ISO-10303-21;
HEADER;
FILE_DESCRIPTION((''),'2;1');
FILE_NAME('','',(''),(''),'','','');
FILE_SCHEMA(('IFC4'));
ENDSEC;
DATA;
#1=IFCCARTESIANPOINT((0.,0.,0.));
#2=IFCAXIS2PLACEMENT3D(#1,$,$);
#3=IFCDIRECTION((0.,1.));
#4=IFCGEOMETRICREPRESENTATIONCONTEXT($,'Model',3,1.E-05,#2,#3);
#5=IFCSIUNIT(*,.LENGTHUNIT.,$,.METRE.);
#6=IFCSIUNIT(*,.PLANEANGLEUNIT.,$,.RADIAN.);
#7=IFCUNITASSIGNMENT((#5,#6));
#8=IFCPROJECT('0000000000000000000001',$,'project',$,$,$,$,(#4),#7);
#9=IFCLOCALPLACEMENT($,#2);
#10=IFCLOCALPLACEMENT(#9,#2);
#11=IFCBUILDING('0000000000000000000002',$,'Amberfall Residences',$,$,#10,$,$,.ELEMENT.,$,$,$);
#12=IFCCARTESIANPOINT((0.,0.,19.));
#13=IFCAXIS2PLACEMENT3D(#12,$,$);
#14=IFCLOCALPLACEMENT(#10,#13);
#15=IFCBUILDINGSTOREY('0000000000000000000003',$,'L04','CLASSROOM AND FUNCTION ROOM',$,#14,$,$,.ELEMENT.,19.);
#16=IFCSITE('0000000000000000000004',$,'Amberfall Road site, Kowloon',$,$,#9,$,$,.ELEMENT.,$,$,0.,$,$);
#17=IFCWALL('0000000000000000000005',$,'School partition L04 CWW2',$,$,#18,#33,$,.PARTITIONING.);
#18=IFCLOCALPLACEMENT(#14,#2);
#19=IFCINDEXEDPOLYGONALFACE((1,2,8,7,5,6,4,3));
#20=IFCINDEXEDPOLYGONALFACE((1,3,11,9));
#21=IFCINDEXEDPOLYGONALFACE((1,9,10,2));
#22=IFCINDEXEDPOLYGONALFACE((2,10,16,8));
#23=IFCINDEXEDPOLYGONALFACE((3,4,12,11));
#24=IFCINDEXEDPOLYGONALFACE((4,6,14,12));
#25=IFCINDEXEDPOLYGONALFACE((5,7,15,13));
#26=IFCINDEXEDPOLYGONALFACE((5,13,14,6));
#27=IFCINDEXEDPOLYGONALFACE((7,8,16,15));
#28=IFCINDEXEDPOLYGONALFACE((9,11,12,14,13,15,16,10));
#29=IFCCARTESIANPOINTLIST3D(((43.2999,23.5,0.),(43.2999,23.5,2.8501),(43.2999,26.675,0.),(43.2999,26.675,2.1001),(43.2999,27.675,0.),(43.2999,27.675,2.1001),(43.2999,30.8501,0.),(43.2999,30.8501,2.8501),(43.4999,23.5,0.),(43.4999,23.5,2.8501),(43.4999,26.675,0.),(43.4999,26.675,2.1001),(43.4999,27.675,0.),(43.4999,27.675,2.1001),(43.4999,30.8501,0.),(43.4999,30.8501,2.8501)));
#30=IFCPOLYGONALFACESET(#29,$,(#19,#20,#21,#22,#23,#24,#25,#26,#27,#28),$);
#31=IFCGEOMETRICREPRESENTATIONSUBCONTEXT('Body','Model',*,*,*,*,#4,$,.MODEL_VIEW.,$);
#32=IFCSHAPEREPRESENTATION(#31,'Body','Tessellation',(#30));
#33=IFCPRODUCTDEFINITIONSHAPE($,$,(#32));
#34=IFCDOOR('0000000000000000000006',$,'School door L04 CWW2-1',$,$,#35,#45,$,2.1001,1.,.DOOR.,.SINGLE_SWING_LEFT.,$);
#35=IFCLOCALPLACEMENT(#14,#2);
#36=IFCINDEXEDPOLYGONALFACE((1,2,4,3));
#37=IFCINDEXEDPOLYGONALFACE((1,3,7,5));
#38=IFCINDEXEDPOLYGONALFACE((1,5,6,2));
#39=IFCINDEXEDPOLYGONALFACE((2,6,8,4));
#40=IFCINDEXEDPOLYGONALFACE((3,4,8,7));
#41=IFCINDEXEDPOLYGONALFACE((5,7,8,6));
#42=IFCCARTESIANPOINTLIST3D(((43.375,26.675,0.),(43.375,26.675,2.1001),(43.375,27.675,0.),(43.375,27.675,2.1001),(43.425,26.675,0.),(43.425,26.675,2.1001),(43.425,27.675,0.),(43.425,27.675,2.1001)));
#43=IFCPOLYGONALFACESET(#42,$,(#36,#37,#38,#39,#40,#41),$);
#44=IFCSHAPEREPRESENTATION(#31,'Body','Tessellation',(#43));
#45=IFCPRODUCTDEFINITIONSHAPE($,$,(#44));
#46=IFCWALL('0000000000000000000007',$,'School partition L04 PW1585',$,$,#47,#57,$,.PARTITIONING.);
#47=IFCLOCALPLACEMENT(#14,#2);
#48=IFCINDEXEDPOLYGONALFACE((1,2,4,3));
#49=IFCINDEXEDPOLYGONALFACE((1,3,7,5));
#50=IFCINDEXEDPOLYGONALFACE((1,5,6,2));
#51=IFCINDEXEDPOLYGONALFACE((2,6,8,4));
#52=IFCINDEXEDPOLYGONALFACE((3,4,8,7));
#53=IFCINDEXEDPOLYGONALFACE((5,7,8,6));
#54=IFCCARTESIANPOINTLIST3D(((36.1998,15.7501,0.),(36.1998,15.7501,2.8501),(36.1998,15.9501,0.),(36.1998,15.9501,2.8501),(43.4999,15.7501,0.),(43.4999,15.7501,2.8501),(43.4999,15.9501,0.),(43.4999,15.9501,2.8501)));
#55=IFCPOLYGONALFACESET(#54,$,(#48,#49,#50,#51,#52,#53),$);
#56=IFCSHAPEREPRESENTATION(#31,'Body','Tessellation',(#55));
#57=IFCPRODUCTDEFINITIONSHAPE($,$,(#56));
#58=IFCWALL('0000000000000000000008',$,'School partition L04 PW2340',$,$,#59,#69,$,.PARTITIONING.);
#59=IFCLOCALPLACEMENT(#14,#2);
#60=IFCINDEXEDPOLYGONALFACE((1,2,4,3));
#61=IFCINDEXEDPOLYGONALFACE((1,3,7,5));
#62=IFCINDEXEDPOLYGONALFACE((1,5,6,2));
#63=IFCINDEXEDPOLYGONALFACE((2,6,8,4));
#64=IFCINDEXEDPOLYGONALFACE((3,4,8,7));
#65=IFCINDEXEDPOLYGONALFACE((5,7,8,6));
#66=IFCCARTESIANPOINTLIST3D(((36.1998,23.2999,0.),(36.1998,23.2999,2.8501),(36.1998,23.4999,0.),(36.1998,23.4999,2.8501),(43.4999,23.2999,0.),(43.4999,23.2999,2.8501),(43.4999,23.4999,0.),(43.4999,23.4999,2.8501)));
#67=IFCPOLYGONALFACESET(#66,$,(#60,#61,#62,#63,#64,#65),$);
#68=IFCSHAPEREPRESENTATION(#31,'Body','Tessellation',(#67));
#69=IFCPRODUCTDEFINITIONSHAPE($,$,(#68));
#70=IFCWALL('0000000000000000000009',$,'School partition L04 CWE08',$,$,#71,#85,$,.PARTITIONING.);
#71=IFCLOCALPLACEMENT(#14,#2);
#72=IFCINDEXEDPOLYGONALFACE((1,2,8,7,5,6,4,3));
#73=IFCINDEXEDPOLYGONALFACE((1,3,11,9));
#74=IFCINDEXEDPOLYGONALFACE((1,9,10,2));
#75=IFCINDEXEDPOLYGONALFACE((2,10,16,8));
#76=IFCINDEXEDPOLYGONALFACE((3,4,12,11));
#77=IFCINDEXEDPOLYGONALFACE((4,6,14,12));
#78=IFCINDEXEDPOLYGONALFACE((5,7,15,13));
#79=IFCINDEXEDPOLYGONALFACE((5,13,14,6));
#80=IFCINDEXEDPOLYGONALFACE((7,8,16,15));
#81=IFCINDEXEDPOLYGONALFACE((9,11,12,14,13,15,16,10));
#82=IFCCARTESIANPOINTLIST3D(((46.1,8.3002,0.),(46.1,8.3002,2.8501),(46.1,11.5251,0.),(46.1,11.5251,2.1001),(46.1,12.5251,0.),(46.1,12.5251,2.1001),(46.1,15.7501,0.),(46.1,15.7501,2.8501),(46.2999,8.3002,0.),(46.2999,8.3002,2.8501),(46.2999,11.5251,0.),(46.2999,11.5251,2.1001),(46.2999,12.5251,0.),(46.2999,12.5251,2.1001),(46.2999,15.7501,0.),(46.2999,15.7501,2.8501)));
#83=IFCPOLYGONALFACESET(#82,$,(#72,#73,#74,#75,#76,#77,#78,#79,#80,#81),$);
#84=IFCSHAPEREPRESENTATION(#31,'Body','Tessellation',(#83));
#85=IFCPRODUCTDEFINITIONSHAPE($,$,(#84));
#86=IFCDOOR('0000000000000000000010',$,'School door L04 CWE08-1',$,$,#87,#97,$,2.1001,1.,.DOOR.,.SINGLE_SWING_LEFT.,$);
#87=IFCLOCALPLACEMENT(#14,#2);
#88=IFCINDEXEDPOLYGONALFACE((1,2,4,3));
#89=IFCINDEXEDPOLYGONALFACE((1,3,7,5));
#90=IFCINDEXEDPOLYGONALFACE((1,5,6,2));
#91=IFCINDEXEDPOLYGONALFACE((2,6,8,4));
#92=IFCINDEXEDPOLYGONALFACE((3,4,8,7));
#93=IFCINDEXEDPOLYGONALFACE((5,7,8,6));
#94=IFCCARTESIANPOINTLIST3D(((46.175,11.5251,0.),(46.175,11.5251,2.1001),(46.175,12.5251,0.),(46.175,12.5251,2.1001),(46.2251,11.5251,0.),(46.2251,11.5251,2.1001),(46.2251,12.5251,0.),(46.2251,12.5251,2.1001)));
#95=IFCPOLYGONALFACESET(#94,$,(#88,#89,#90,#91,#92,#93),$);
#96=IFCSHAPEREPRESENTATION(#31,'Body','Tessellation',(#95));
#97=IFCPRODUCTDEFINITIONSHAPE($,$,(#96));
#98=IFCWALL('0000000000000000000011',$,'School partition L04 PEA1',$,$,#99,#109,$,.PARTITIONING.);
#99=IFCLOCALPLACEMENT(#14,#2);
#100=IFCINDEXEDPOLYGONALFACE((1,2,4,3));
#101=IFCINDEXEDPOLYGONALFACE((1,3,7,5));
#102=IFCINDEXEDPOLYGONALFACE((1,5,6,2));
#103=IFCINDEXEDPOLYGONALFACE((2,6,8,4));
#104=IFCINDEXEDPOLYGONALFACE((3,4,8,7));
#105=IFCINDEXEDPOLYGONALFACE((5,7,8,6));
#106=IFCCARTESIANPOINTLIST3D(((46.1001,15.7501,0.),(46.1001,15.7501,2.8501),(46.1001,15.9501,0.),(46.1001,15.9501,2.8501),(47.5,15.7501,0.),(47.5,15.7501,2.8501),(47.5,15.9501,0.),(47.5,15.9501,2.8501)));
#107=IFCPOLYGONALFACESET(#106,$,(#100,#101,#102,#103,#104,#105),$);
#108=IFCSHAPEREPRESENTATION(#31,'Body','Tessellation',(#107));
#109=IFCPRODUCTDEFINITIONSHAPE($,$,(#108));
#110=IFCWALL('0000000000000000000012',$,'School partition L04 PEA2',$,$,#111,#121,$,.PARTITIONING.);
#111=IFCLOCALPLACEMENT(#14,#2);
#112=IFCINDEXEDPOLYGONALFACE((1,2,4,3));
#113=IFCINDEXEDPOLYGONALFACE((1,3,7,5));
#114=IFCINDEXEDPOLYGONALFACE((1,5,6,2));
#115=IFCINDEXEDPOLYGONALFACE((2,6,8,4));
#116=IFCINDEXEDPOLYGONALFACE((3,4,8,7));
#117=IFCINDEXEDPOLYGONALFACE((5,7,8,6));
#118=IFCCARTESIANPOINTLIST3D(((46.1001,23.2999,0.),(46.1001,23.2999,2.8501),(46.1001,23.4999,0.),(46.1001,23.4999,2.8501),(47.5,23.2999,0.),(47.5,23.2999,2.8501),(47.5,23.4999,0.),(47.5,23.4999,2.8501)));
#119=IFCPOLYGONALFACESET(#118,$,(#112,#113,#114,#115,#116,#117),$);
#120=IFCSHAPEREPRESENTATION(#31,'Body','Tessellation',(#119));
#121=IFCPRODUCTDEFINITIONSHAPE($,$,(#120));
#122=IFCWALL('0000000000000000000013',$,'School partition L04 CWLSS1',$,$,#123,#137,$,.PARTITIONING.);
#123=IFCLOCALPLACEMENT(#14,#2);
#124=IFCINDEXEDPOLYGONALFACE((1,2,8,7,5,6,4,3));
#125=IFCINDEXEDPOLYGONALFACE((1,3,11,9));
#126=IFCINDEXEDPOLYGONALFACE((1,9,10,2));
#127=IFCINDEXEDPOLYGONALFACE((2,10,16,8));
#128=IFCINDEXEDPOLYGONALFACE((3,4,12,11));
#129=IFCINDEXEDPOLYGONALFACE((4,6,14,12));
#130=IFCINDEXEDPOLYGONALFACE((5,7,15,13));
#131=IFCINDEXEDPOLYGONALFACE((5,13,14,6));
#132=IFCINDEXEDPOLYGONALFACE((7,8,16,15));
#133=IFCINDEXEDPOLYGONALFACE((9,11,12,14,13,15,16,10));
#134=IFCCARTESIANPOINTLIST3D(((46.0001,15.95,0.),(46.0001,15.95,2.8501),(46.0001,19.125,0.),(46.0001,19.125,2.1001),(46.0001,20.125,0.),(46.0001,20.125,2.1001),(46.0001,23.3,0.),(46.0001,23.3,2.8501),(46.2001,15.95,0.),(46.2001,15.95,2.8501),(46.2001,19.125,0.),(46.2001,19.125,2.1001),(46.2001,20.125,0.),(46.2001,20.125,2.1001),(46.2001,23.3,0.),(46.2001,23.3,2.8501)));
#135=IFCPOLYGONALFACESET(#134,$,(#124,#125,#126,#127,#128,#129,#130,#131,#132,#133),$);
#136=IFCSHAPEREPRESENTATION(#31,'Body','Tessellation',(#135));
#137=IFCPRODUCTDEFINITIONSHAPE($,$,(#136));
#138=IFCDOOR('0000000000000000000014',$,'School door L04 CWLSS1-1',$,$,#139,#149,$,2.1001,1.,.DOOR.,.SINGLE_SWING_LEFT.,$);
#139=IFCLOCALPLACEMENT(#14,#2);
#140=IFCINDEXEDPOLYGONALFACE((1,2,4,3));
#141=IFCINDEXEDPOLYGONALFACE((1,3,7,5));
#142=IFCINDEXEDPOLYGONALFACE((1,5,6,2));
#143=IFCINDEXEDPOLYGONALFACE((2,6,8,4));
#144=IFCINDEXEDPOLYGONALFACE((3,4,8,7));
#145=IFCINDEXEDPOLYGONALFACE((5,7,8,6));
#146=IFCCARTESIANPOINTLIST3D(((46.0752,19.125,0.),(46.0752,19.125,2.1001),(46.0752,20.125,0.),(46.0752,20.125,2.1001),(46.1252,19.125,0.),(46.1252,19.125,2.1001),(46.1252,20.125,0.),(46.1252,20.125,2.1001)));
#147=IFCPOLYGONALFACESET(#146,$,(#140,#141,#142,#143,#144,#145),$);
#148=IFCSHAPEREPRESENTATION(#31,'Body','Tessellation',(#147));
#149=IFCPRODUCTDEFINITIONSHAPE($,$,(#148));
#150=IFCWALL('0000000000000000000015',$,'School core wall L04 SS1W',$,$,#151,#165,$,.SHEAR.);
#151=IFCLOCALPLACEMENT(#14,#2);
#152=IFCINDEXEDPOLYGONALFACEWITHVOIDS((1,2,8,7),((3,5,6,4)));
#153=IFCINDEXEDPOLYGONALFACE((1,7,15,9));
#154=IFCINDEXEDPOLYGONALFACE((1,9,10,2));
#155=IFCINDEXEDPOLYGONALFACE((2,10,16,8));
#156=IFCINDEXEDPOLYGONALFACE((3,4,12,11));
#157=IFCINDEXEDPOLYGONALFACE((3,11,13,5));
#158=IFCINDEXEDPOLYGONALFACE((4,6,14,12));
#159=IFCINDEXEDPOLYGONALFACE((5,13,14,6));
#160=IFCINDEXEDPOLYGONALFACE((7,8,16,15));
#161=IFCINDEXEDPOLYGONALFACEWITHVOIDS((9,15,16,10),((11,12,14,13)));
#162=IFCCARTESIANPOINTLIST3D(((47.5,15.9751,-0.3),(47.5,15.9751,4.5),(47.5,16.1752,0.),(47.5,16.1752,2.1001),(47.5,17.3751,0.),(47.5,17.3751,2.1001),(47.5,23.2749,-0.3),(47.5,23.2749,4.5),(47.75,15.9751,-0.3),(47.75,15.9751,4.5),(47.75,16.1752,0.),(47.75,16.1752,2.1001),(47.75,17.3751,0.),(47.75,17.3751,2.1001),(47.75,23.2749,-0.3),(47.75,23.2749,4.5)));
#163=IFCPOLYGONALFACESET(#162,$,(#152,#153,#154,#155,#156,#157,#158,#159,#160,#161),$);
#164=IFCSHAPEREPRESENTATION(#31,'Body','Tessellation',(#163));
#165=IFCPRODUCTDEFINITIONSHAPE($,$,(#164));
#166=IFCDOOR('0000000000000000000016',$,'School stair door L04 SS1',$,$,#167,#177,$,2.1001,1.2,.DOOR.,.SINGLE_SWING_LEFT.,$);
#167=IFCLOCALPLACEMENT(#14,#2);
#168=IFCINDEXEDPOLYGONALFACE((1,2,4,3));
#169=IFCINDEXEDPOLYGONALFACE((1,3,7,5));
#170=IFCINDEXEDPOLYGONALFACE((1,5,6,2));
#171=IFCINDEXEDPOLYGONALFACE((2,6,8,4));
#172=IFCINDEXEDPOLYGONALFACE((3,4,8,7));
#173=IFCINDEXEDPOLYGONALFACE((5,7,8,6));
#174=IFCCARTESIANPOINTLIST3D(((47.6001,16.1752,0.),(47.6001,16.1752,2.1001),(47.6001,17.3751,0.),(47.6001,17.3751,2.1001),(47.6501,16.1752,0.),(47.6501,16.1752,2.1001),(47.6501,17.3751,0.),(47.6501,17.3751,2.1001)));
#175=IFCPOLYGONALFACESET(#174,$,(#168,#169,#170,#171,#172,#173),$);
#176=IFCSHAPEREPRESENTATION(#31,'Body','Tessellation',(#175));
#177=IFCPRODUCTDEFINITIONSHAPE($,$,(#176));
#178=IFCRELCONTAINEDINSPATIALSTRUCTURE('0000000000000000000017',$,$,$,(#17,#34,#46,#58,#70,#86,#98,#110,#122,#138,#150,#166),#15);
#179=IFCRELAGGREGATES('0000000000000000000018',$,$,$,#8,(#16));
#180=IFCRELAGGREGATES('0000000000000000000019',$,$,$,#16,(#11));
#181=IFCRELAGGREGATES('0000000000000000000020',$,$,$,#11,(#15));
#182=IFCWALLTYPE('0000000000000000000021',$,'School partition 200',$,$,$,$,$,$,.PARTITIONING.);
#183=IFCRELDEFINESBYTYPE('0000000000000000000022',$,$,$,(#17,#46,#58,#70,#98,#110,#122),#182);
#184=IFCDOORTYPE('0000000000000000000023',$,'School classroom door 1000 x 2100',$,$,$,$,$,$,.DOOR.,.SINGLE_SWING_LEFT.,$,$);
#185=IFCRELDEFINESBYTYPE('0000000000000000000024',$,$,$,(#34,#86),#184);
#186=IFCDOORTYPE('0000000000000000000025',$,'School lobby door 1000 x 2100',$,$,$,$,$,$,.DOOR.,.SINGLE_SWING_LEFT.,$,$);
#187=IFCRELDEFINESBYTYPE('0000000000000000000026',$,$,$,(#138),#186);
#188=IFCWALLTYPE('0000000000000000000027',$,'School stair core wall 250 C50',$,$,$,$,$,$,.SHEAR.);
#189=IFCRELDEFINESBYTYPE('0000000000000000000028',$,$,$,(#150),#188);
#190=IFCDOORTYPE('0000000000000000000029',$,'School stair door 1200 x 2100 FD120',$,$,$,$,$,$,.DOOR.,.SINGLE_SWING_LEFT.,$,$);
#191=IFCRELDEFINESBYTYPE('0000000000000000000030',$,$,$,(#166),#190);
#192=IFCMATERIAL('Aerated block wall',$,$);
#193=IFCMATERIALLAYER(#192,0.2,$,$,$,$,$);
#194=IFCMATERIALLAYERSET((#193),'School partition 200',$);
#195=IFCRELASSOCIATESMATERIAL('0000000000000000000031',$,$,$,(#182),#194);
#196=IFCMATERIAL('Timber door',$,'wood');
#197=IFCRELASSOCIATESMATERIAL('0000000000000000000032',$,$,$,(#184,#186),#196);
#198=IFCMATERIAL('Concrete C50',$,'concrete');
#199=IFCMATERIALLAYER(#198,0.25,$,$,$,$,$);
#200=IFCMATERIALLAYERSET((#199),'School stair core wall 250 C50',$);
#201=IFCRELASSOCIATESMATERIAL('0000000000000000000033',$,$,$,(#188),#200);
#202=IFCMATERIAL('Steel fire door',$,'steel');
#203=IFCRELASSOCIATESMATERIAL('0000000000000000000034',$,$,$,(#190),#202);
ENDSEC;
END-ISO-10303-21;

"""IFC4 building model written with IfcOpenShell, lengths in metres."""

from ifc_helpers import new_model, si_unit, direction, frame, frame_2d, origin, place, context, subcontext, project, spatial, rectangle, extrude, material, layer, layer_set, type_object, element, fill, save


model = new_model("IFC4")

# Units and contexts
model_context = context("Model", 3, precision=1e-05, world=origin(), true_north=direction((0.0, 1.0)))
body_context = subcontext(model_context, "Body", "Model", "MODEL_VIEW")
ifc_project = project(units=[si_unit("LENGTHUNIT", "METRE"), si_unit("PLANEANGLEUNIT", "RADIAN")], contexts=[model_context])

# Site, building, storey
site_placement = place(None, origin())
site = spatial("IfcSite", under=ifc_project, at=site_placement, Name="Amberfall Road site, Kowloon", CompositionType="ELEMENT", RefElevation=0.0)
building_placement = place(site_placement, origin())
building = spatial("IfcBuilding", under=site, at=building_placement, Name="Amberfall Residences", CompositionType="ELEMENT")
storey_placement = place(building_placement, frame((0.0, 0.0, 19.0)))
storey = spatial("IfcBuildingStorey", under=building, at=storey_placement, Name="L04", Description="CLASSROOM AND FUNCTION ROOM", CompositionType="ELEMENT", Elevation=19.0)

# Shared definitions
ifc_material_1 = material(Name="Aerated block wall")

# Wall, opening, door
ifc_layer_1 = layer(ifc_material_1, 0.2)
ifc_layer_set_1 = layer_set([ifc_layer_1], Name="School partition 200")
wall_type_1 = type_object("IfcWallType", Name="School partition 200", PredefinedType="PARTITIONING", material=ifc_layer_set_1)
ifc_material_2 = material(Name="Timber door", Category="wood")
door_type_1 = type_object("IfcDoorType", Name="School classroom door 1000 x 2100", OperationType="SINGLE_SWING_LEFT", PredefinedType="DOOR", material=ifc_material_2)
wall_1_placement = place(storey_placement, frame((43.3999, 23.5, 0.0), z_axis=(0.0, 0.0, 1.0), x_axis=(0.0, 1.0, 0.0)))
wall_1 = element("IfcWall", 1, at=wall_1_placement, inside=storey, type_object=wall_type_1, Name="School partition L04 CWW2", PredefinedType="PARTITIONING", context=body_context, shape_type="SweptSolid", body=[
    extrude(rectangle(XDim=7.3501, YDim=0.2, at=frame_2d((3.675, 0.0))), origin(), (0.0, 0.0, 1.0), 2.8501),
])
opening_1_placement = place(wall_1_placement, frame((3.175, 0.0, 0.0)))
opening_1 = element("IfcOpeningElement", 2, at=opening_1_placement, cuts=wall_1, PredefinedType="OPENING", context=body_context, shape_type="SweptSolid", body=[
    extrude(rectangle(XDim=1.0, YDim=2.1001, at=frame_2d((0.5, 1.05))), frame((0.0, 0.1099, 0.0), z_axis=(0.0, -1.0, 0.0), x_axis=(1.0, 0.0, 0.0)), (0.0, 0.0, 1.0), 0.22),
])
door_1_placement = place(opening_1_placement, origin())
door_1 = element("IfcDoor", 3, at=door_1_placement, inside=storey, type_object=door_type_1, Name="School door L04 CWW2-1", OperationType="SINGLE_SWING_LEFT", OverallHeight=2.1001, OverallWidth=1.0, PredefinedType="DOOR", context=body_context, shape_type="SweptSolid", body=[
    extrude(rectangle(XDim=1.0, YDim=2.1001, at=frame_2d((0.5, 1.05))), frame((0.0, 0.0249, 0.0), z_axis=(0.0, -1.0, 0.0), x_axis=(1.0, 0.0, 0.0)), (0.0, 0.0, 1.0), 0.05),
])
fill(opening_1, door_1)

# Walls
for number, where, z_axis, x_axis, name in (
    (4, (36.2, 15.8501, 0.0), (0.0, 0.0, 1.0), (1.0, 0.0, 0.0), "School partition L04 PW1585"),
    (5, (36.2, 23.3999, 0.0), (0.0, 0.0, 1.0), (1.0, 0.0, 0.0), "School partition L04 PW2340"),
):
    element("IfcWall", number, at=place(storey_placement, frame(where, z_axis=z_axis, x_axis=x_axis)), inside=storey, type_object=wall_type_1, Name=name, PredefinedType="PARTITIONING", context=body_context, shape_type="SweptSolid", body=[
        extrude(rectangle(XDim=7.3, YDim=0.2, at=frame_2d((3.6499, 0.0))), origin(), (0.0, 0.0, 1.0), 2.8501),
    ])

# Wall, opening, door
wall_2_placement = place(storey_placement, frame((46.2, 8.3, 0.0), z_axis=(0.0, 0.0, 1.0), x_axis=(0.0, 1.0, 0.0)))
wall_2 = element("IfcWall", 6, at=wall_2_placement, inside=storey, type_object=wall_type_1, Name="School partition L04 CWE08", PredefinedType="PARTITIONING", context=body_context, shape_type="SweptSolid", body=[
    extrude(rectangle(XDim=7.45, YDim=0.2, at=frame_2d((3.7251, 0.0))), origin(), (0.0, 0.0, 1.0), 2.8501),
])
opening_2_placement = place(wall_2_placement, frame((3.2251, 0.0, 0.0)))
opening_2 = element("IfcOpeningElement", 7, at=opening_2_placement, cuts=wall_2, PredefinedType="OPENING", context=body_context, shape_type="SweptSolid", body=[
    extrude(rectangle(XDim=1.0, YDim=2.1001, at=frame_2d((0.5, 1.05))), frame((0.0, 0.1099, 0.0), z_axis=(0.0, -1.0, 0.0), x_axis=(1.0, 0.0, 0.0)), (0.0, 0.0, 1.0), 0.22),
])
door_2_placement = place(opening_2_placement, origin())
door_2 = element("IfcDoor", 8, at=door_2_placement, inside=storey, type_object=door_type_1, Name="School door L04 CWE08-1", OperationType="SINGLE_SWING_LEFT", OverallHeight=2.1001, OverallWidth=1.0, PredefinedType="DOOR", context=body_context, shape_type="SweptSolid", body=[
    extrude(rectangle(XDim=1.0, YDim=2.1001, at=frame_2d((0.5, 1.05))), frame((0.0, 0.0249, 0.0), z_axis=(0.0, -1.0, 0.0), x_axis=(1.0, 0.0, 0.0)), (0.0, 0.0, 1.0), 0.05),
])
fill(opening_2, door_2)

# Walls
for number, where, z_axis, x_axis, name in (
    (9, (46.1001, 15.8501, 0.0), (0.0, 0.0, 1.0), (1.0, 0.0, 0.0), "School partition L04 PEA1"),
    (10, (46.1001, 23.3999, 0.0), (0.0, 0.0, 1.0), (1.0, 0.0, 0.0), "School partition L04 PEA2"),
):
    element("IfcWall", number, at=place(storey_placement, frame(where, z_axis=z_axis, x_axis=x_axis)), inside=storey, type_object=wall_type_1, Name=name, PredefinedType="PARTITIONING", context=body_context, shape_type="SweptSolid", body=[
        extrude(rectangle(XDim=1.3999, YDim=0.2, at=frame_2d((0.7, 0.0))), origin(), (0.0, 0.0, 1.0), 2.8501),
    ])

# Walls, openings, doors
wall_3_placement = place(storey_placement, frame((46.1001, 15.95, 0.0), z_axis=(0.0, 0.0, 1.0), x_axis=(0.0, 1.0, 0.0)))
wall_3 = element("IfcWall", 11, at=wall_3_placement, inside=storey, type_object=wall_type_1, Name="School partition L04 CWLSS1", PredefinedType="PARTITIONING", context=body_context, shape_type="SweptSolid", body=[
    extrude(rectangle(XDim=7.3501, YDim=0.2, at=frame_2d((3.675, 0.0))), origin(), (0.0, 0.0, 1.0), 2.8501),
])
opening_3_placement = place(wall_3_placement, frame((3.175, 0.0, 0.0)))
opening_3 = element("IfcOpeningElement", 12, at=opening_3_placement, cuts=wall_3, PredefinedType="OPENING", context=body_context, shape_type="SweptSolid", body=[
    extrude(rectangle(XDim=1.0, YDim=2.1001, at=frame_2d((0.5, 1.05))), frame((0.0, 0.1099, 0.0), z_axis=(0.0, -1.0, 0.0), x_axis=(1.0, 0.0, 0.0)), (0.0, 0.0, 1.0), 0.22),
])
door_type_2 = type_object("IfcDoorType", Name="School lobby door 1000 x 2100", OperationType="SINGLE_SWING_LEFT", PredefinedType="DOOR", material=ifc_material_2)
door_3_placement = place(opening_3_placement, origin())
door_3 = element("IfcDoor", 13, at=door_3_placement, inside=storey, type_object=door_type_2, Name="School door L04 CWLSS1-1", OperationType="SINGLE_SWING_LEFT", OverallHeight=2.1001, OverallWidth=1.0, PredefinedType="DOOR", context=body_context, shape_type="SweptSolid", body=[
    extrude(rectangle(XDim=1.0, YDim=2.1001, at=frame_2d((0.5, 1.05))), frame((0.0, 0.0249, 0.0), z_axis=(0.0, -1.0, 0.0), x_axis=(1.0, 0.0, 0.0)), (0.0, 0.0, 1.0), 0.05),
])
fill(opening_3, door_3)
ifc_material_3 = material(Name="Concrete C50", Category="concrete")
ifc_layer_2 = layer(ifc_material_3, 0.25)
ifc_layer_set_2 = layer_set([ifc_layer_2], Name="School stair core wall 250 C50")
wall_type_2 = type_object("IfcWallType", Name="School stair core wall 250 C50", PredefinedType="SHEAR", material=ifc_layer_set_2)
wall_4_placement = place(storey_placement, frame((47.625, 15.9751, -0.3), z_axis=(0.0, 0.0, 1.0), x_axis=(0.0, 1.0, 0.0)))
wall_4 = element("IfcWall", 14, at=wall_4_placement, inside=storey, type_object=wall_type_2, Name="School core wall L04 SS1W", PredefinedType="SHEAR", context=body_context, shape_type="SweptSolid", body=[
    extrude(rectangle(XDim=7.2998, YDim=0.25, at=frame_2d((3.6499, 0.0))), origin(), (0.0, 0.0, 1.0), 4.8),
])
opening_4_placement = place(wall_4_placement, frame((0.2, 0.0, 0.3)))
opening_4 = element("IfcOpeningElement", 15, at=opening_4_placement, cuts=wall_4, PredefinedType="OPENING", context=body_context, shape_type="SweptSolid", body=[
    extrude(rectangle(XDim=1.2, YDim=2.1001, at=frame_2d((0.6001, 1.05))), frame((0.0, 0.135, 0.0), z_axis=(0.0, -1.0, 0.0), x_axis=(1.0, 0.0, 0.0)), (0.0, 0.0, 1.0), 0.27),
])
ifc_material_4 = material(Name="Steel fire door", Category="steel")
door_type_3 = type_object("IfcDoorType", Name="School stair door 1200 x 2100 FD120", OperationType="SINGLE_SWING_LEFT", PredefinedType="DOOR", material=ifc_material_4)
door_4_placement = place(opening_4_placement, origin())
door_4 = element("IfcDoor", 16, at=door_4_placement, inside=storey, type_object=door_type_3, Name="School stair door L04 SS1", OperationType="SINGLE_SWING_LEFT", OverallHeight=2.1001, OverallWidth=1.2, PredefinedType="DOOR", context=body_context, shape_type="SweptSolid", body=[
    extrude(rectangle(XDim=1.2, YDim=2.1001, at=frame_2d((0.6001, 1.05))), frame((0.0, 0.0249, 0.0), z_axis=(0.0, -1.0, 0.0), x_axis=(1.0, 0.0, 0.0)), (0.0, 0.0, 1.0), 0.05),
])
fill(opening_4, door_4)

save(model, "model.ifc")
